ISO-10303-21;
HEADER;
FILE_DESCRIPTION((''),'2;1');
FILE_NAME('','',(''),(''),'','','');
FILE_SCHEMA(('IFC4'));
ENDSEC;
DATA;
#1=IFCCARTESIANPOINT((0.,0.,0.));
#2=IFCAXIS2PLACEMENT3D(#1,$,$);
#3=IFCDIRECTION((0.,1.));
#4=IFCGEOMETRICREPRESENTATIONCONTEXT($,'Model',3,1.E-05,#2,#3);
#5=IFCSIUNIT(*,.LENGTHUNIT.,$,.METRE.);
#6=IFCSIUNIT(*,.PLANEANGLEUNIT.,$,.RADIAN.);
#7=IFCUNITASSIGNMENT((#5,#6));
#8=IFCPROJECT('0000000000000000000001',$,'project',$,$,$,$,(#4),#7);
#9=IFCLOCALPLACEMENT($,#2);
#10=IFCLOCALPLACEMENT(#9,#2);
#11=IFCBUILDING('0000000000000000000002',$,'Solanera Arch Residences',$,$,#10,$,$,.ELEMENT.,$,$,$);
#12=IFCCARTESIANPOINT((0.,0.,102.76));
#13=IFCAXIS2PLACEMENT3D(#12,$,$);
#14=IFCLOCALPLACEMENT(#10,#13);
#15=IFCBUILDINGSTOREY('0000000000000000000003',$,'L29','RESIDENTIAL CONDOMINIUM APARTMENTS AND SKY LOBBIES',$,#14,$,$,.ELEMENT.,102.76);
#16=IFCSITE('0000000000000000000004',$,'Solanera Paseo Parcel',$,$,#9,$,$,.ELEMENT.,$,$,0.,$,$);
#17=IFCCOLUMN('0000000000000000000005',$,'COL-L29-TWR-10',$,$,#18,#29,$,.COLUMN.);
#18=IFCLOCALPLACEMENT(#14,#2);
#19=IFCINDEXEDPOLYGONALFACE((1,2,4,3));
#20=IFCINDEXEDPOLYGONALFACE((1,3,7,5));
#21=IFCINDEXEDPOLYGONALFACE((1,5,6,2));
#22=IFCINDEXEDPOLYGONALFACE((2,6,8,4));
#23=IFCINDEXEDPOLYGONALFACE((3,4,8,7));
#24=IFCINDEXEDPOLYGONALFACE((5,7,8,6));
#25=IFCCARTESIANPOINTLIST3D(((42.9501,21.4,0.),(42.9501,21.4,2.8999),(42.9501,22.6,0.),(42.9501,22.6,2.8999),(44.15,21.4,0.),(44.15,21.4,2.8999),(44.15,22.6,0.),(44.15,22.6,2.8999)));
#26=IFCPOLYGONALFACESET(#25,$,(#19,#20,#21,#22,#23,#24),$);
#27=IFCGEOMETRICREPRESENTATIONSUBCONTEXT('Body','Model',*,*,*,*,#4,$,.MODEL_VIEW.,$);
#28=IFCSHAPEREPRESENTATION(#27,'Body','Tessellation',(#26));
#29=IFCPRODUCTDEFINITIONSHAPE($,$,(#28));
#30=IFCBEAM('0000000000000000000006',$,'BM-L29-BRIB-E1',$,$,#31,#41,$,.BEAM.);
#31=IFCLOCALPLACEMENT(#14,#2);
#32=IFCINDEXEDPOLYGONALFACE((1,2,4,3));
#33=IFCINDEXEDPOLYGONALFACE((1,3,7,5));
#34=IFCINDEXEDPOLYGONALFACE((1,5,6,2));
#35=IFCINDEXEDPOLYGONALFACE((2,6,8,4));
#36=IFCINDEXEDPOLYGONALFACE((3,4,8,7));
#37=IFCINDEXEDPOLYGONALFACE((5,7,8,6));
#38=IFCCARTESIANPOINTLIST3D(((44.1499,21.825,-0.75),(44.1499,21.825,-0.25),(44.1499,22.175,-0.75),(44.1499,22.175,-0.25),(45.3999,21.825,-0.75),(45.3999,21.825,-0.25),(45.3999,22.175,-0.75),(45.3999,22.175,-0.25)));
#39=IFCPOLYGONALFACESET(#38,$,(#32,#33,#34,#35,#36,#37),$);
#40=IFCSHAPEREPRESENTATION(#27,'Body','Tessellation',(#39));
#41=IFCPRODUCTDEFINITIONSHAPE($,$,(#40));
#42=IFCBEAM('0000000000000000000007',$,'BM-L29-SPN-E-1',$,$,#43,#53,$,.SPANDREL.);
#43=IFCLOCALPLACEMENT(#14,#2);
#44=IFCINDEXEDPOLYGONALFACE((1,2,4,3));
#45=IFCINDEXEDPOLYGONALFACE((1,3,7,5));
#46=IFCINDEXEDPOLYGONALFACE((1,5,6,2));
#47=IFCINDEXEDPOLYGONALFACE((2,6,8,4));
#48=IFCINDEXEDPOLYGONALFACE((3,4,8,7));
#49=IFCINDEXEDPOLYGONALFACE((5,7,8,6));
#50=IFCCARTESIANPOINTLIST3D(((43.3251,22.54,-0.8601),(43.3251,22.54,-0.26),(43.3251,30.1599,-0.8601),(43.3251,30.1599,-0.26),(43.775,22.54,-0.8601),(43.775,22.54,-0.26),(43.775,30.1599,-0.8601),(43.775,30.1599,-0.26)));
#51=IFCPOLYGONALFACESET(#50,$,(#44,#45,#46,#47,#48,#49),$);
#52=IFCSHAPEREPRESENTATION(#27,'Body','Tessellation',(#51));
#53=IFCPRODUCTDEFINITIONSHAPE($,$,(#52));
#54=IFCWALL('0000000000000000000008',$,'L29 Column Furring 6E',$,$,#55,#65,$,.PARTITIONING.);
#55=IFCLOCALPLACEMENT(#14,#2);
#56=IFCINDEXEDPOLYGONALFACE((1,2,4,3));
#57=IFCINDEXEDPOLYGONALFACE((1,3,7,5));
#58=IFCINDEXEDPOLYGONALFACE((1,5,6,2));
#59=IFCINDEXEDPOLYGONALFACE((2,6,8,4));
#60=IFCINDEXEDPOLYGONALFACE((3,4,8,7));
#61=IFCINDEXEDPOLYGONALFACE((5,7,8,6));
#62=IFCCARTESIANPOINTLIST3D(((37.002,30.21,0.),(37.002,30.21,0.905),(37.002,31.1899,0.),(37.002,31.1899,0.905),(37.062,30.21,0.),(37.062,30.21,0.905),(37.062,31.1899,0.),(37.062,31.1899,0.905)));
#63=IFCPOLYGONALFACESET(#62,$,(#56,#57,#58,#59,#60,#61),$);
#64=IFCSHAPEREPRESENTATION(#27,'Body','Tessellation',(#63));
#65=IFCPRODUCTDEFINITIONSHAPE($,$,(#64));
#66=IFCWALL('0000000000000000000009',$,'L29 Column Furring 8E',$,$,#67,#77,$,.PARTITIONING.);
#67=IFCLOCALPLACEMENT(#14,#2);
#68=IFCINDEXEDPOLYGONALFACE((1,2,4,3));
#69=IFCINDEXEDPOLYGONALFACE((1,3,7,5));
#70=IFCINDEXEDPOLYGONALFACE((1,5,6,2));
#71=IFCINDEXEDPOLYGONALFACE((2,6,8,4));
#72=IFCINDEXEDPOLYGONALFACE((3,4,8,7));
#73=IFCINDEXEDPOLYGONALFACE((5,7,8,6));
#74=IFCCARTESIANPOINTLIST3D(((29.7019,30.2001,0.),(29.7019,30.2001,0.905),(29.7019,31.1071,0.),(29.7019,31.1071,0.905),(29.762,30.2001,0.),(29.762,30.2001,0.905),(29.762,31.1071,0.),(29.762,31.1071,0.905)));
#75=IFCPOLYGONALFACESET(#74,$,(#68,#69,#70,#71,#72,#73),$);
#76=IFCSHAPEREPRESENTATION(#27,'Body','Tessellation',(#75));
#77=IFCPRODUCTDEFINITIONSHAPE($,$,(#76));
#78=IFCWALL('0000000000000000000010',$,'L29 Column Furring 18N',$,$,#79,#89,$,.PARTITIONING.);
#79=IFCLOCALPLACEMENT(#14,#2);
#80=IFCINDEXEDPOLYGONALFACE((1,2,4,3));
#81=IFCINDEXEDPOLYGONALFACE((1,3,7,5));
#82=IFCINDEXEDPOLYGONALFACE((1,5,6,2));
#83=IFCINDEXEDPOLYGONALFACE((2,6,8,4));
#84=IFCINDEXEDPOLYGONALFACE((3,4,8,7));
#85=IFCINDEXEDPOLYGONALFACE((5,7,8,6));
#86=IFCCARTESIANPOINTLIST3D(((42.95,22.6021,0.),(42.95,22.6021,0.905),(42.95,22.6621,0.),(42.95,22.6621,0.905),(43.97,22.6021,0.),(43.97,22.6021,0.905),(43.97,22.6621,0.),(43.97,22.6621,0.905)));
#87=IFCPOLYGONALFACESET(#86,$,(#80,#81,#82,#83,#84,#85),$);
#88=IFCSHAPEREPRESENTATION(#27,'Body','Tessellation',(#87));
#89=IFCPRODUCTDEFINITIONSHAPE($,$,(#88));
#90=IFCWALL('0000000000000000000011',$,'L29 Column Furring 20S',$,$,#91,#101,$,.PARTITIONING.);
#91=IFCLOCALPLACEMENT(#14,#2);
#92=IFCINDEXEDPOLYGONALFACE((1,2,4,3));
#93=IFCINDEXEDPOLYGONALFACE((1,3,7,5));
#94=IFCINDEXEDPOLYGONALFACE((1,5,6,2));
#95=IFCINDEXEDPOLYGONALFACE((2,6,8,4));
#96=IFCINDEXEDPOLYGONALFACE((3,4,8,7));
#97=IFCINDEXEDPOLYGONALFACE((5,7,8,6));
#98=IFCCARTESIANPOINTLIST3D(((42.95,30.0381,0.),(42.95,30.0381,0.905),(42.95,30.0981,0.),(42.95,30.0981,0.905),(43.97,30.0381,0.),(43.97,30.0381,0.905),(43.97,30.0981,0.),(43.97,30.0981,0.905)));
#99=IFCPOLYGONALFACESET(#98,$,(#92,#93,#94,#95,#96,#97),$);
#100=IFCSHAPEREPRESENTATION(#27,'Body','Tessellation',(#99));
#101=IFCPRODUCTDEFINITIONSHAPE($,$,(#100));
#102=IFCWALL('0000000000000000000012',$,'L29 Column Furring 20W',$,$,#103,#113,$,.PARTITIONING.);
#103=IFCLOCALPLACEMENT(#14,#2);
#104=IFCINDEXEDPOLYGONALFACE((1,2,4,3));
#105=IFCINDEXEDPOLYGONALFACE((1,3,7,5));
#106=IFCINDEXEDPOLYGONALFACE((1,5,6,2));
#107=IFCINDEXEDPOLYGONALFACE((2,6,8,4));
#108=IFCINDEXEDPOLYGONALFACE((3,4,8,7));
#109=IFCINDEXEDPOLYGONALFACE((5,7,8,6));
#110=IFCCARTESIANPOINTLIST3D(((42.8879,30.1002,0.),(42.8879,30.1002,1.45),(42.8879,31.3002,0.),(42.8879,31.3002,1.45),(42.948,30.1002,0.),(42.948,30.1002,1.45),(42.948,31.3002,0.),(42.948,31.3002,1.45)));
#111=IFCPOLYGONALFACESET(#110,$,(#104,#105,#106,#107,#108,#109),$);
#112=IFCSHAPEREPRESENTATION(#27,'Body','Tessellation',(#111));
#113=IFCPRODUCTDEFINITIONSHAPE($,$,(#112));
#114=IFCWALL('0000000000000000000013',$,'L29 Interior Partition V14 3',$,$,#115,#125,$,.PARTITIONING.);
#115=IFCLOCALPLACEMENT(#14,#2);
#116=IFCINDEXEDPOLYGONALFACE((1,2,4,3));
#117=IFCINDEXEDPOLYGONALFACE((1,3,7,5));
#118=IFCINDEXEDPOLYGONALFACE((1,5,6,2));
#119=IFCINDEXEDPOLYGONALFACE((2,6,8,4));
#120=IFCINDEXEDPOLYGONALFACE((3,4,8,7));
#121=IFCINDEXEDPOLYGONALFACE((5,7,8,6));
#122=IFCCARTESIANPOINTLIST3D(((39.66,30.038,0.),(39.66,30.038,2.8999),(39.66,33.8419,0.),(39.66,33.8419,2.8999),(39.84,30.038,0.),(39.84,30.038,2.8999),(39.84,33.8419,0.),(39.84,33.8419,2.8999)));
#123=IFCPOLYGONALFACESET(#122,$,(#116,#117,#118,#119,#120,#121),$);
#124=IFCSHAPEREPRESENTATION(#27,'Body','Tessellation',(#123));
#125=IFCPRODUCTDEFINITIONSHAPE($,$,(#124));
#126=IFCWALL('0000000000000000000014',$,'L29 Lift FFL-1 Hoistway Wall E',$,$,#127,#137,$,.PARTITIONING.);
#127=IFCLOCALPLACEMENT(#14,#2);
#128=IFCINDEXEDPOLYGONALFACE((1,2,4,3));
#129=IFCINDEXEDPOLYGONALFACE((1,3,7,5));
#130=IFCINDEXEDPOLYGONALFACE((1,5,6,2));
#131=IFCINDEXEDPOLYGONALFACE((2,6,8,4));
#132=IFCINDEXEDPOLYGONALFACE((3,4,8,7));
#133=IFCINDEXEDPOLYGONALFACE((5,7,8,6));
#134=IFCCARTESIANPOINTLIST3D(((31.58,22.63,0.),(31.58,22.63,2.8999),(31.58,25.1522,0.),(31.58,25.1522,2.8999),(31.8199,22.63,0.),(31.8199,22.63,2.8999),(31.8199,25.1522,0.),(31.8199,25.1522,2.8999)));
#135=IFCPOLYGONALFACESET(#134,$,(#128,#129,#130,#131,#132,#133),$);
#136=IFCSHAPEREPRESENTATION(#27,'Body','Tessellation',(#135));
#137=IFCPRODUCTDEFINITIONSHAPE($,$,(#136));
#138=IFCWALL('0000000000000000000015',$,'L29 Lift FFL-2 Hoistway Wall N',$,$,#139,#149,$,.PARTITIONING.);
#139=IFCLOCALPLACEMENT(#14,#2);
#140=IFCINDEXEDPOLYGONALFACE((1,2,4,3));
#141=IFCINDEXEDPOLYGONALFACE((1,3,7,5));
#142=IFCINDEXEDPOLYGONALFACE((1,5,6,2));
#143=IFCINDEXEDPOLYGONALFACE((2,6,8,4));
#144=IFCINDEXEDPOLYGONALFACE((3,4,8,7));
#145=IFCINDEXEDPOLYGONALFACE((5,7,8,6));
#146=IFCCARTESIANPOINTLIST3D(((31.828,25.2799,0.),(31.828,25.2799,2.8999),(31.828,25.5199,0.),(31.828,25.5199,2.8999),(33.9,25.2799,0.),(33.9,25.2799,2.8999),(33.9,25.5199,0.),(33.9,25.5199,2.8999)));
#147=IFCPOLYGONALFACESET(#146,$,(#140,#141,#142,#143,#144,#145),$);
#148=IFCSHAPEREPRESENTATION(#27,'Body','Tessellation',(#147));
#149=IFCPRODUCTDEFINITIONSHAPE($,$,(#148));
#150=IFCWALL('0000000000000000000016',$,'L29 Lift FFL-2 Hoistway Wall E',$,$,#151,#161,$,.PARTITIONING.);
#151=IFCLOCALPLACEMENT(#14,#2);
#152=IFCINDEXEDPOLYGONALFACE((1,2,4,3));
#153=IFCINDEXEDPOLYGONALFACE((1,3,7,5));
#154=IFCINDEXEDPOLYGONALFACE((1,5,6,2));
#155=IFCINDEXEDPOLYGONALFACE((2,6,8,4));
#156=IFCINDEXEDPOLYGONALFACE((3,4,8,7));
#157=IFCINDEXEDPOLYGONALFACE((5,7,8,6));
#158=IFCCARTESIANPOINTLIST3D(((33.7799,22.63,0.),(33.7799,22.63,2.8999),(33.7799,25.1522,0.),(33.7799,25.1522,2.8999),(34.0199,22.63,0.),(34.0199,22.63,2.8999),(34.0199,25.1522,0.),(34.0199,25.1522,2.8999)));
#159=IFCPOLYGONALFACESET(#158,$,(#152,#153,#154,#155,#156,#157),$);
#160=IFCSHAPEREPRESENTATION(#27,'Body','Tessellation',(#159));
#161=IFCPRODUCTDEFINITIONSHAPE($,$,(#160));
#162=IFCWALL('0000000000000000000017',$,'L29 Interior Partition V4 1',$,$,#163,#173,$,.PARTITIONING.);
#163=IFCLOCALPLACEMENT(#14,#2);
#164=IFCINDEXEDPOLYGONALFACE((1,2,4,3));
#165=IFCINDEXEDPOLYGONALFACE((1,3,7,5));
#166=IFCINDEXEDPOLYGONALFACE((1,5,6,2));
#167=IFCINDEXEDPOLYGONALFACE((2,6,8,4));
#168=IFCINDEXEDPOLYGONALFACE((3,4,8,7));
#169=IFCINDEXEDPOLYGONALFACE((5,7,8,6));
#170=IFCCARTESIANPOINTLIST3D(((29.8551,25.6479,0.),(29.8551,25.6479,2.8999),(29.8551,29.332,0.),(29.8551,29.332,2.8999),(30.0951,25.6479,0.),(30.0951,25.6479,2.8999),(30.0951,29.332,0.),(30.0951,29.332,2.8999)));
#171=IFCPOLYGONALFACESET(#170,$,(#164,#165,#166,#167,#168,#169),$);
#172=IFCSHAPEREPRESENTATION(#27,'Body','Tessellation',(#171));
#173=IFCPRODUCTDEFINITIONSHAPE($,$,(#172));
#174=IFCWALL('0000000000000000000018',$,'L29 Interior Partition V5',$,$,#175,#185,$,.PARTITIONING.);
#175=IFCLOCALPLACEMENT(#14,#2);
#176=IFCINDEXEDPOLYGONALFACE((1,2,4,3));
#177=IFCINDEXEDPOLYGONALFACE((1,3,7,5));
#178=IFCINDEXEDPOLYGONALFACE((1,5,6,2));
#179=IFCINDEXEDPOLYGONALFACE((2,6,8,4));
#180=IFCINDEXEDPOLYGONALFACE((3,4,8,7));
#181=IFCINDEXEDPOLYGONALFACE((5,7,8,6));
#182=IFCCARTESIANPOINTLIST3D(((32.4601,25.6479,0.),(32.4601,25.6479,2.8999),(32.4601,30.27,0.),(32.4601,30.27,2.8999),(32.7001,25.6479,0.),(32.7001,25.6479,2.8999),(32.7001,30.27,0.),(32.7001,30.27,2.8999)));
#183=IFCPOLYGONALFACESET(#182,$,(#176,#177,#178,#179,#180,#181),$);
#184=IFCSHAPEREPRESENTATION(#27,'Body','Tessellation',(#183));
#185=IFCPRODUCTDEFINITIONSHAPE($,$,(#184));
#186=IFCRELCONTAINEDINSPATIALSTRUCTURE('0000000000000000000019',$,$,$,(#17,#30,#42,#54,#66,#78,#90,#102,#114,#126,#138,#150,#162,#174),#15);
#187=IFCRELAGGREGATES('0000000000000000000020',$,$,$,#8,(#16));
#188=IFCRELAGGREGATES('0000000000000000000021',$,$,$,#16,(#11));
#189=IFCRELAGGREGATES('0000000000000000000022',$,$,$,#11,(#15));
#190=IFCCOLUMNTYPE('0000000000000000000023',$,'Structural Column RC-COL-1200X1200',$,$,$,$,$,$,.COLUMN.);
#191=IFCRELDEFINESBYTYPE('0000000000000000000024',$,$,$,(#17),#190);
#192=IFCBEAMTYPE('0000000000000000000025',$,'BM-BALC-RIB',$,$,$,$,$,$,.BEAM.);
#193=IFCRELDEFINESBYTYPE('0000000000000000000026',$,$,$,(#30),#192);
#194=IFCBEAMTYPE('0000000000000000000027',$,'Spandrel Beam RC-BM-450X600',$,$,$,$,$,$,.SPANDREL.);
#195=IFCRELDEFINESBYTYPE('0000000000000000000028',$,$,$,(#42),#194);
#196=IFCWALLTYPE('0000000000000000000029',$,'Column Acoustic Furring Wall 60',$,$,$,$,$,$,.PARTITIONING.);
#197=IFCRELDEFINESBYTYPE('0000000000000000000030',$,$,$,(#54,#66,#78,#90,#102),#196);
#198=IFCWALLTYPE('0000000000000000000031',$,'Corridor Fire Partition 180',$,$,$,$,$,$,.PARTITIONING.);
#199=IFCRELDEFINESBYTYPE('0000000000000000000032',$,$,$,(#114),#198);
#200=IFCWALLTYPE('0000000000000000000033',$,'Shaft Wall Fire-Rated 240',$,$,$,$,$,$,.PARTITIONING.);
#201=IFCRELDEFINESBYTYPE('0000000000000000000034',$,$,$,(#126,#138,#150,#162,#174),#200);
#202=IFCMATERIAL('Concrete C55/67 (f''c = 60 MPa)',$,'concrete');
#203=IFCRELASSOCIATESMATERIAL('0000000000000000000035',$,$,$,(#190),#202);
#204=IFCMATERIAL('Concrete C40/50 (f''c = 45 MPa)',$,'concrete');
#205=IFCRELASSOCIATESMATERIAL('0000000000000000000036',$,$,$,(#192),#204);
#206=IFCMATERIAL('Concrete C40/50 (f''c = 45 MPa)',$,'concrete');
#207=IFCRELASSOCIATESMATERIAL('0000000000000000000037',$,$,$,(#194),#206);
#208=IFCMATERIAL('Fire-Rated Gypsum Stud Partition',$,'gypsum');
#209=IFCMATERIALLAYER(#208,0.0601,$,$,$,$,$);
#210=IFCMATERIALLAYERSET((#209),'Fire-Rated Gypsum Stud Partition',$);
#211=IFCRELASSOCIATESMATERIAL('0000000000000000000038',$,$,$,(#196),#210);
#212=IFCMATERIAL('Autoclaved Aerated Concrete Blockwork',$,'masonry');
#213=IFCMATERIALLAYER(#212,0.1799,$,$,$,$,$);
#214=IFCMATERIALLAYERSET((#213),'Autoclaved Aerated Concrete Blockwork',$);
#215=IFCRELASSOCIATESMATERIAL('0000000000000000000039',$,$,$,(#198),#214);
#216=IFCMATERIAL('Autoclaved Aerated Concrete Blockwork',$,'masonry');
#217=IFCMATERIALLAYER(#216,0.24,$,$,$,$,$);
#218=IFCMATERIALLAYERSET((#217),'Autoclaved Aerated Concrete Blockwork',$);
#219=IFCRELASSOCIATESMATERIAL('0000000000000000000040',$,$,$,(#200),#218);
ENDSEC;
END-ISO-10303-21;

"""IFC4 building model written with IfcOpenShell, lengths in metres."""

from ifc_helpers import new_model, si_unit, direction, frame, frame_2d, origin, origin_2d, place, context, subcontext, project, spatial, rectangle, extrude, material, layer, layer_set, material_profile, profile_set, type_object, element, save


model = new_model("IFC4")

# Units and contexts
model_context = context("Model", 3, precision=1e-05, world=origin(), true_north=direction((0.0, 1.0)))
body_context = subcontext(model_context, "Body", "Model", "MODEL_VIEW")
ifc_project = project(units=[si_unit("LENGTHUNIT", "METRE"), si_unit("PLANEANGLEUNIT", "RADIAN")], contexts=[model_context])

# Site, building, storey
site_placement = place(None, origin())
site = spatial("IfcSite", under=ifc_project, at=site_placement, Name="Solanera Paseo Parcel", CompositionType="ELEMENT", RefElevation=0.0)
building_placement = place(site_placement, origin())
building = spatial("IfcBuilding", under=site, at=building_placement, Name="Solanera Arch Residences", CompositionType="ELEMENT")
storey_placement = place(building_placement, frame((0.0, 0.0, 102.76)))
storey = spatial("IfcBuildingStorey", under=building, at=storey_placement, Name="L29", Description="RESIDENTIAL CONDOMINIUM APARTMENTS AND SKY LOBBIES", CompositionType="ELEMENT", Elevation=102.76)

# Column
ifc_material_1 = material(Name="Concrete C55/67 (f'c = 60 MPa)", Category="concrete")
ifc_material_profile_1 = material_profile(ifc_material_1, rectangle(XDim=1.2, YDim=1.2, at=origin_2d()))
ifc_profile_set_1 = profile_set([ifc_material_profile_1], Name="Concrete C55/67 (f'c = 60 MPa)")
column_type = type_object("IfcColumnType", Name="Structural Column RC-COL-1200X1200", PredefinedType="COLUMN", material=ifc_profile_set_1)
column_placement = place(storey_placement, frame((43.55, 22.0, 0.0), z_axis=(0.0, 0.0, 1.0), x_axis=(1.0, 0.0, 0.0)))
element("IfcColumn", 1, at=column_placement, inside=storey, type_object=column_type, Name="COL-L29-TWR-10", PredefinedType="COLUMN", context=body_context, shape_type="SweptSolid", body=[
    extrude(rectangle(XDim=1.2, YDim=1.2, at=origin_2d()), origin(), (0.0, 0.0, 1.0), 2.8999),
])

# Beams
ifc_material_2 = material(Name="Concrete C40/50 (f'c = 45 MPa)", Category="concrete")
ifc_material_profile_2 = material_profile(ifc_material_2, rectangle(XDim=0.3501, YDim=0.5, at=origin_2d()))
ifc_profile_set_2 = profile_set([ifc_material_profile_2], Name="Concrete C40/50 (f'c = 45 MPa)")
beam_type_1 = type_object("IfcBeamType", Name="BM-BALC-RIB", PredefinedType="BEAM", material=ifc_profile_set_2)
beam_1_placement = place(storey_placement, frame((44.1499, 22.0, -0.5), z_axis=(1.0, 0.0, 0.0), x_axis=(0.0, 1.0, 0.0)))
element("IfcBeam", 2, at=beam_1_placement, inside=storey, type_object=beam_type_1, Name="BM-L29-BRIB-E1", PredefinedType="BEAM", context=body_context, shape_type="SweptSolid", body=[
    extrude(rectangle(XDim=0.3501, YDim=0.5, at=origin_2d()), origin(), (0.0, 0.0, 1.0), 1.25),
])
ifc_material_3 = material(Name="Concrete C40/50 (f'c = 45 MPa)", Category="concrete")
ifc_material_profile_3 = material_profile(ifc_material_3, rectangle(XDim=0.45, YDim=0.6001, at=origin_2d()))
ifc_profile_set_3 = profile_set([ifc_material_profile_3], Name="Concrete C40/50 (f'c = 45 MPa)")
beam_type_2 = type_object("IfcBeamType", Name="Spandrel Beam RC-BM-450X600", PredefinedType="SPANDREL", material=ifc_profile_set_3)
beam_2_placement = place(storey_placement, frame((43.55, 22.54, -0.5601), z_axis=(0.0, 1.0, 0.0), x_axis=(-1.0, 0.0, 0.0)))
element("IfcBeam", 3, at=beam_2_placement, inside=storey, type_object=beam_type_2, Name="BM-L29-SPN-E-1", PredefinedType="SPANDREL", context=body_context, shape_type="SweptSolid", body=[
    extrude(rectangle(XDim=0.45, YDim=0.6001, at=origin_2d()), origin(), (0.0, 0.0, 1.0), 7.6199),
])

# Walls
ifc_material_4 = material(Name="Fire-Rated Gypsum Stud Partition", Category="gypsum")
ifc_layer_1 = layer(ifc_material_4, 0.0601)
ifc_layer_set_1 = layer_set([ifc_layer_1], Name="Fire-Rated Gypsum Stud Partition")
wall_type_1 = type_object("IfcWallType", Name="Column Acoustic Furring Wall 60", PredefinedType="PARTITIONING", material=ifc_layer_set_1)
wall_1_placement = place(storey_placement, frame((37.032, 30.21, 0.0), z_axis=(0.0, 0.0, 1.0), x_axis=(0.0, 1.0, 0.0)))
element("IfcWall", 4, at=wall_1_placement, inside=storey, type_object=wall_type_1, Name="L29 Column Furring 6E", PredefinedType="PARTITIONING", context=body_context, shape_type="SweptSolid", body=[
    extrude(rectangle(XDim=0.98, YDim=0.0601, at=frame_2d((0.49, 0.0))), origin(), (0.0, 0.0, 1.0), 0.905),
])
wall_2_placement = place(storey_placement, frame((29.7319, 30.2, 0.0), z_axis=(0.0, 0.0, 1.0), x_axis=(0.0, 1.0, 0.0)))
element("IfcWall", 5, at=wall_2_placement, inside=storey, type_object=wall_type_1, Name="L29 Column Furring 8E", PredefinedType="PARTITIONING", context=body_context, shape_type="SweptSolid", body=[
    extrude(rectangle(XDim=0.907, YDim=0.0601, at=frame_2d((0.4536, 0.0))), origin(), (0.0, 0.0, 1.0), 0.905),
])
for number, where, z_axis, x_axis, name in (
    (6, (42.95, 22.6321, 0.0), (0.0, 0.0, 1.0), (1.0, 0.0, 0.0), "L29 Column Furring 18N"),
    (7, (42.95, 30.0681, 0.0), (0.0, 0.0, 1.0), (1.0, 0.0, 0.0), "L29 Column Furring 20S"),
):
    element("IfcWall", number, at=place(storey_placement, frame(where, z_axis=z_axis, x_axis=x_axis)), inside=storey, type_object=wall_type_1, Name=name, PredefinedType="PARTITIONING", context=body_context, shape_type="SweptSolid", body=[
        extrude(rectangle(XDim=1.02, YDim=0.0601, at=frame_2d((0.51, 0.0))), origin(), (0.0, 0.0, 1.0), 0.905),
    ])
wall_3_placement = place(storey_placement, frame((42.918, 30.1001, 0.0), z_axis=(0.0, 0.0, 1.0), x_axis=(0.0, 1.0, 0.0)))
element("IfcWall", 8, at=wall_3_placement, inside=storey, type_object=wall_type_1, Name="L29 Column Furring 20W", PredefinedType="PARTITIONING", context=body_context, shape_type="SweptSolid", body=[
    extrude(rectangle(XDim=1.2, YDim=0.0601, at=frame_2d((0.6001, 0.0))), origin(), (0.0, 0.0, 1.0), 1.45),
])

# Shared definitions
ifc_material_5 = material(Name="Autoclaved Aerated Concrete Blockwork", Category="masonry")
ifc_layer_2 = layer(ifc_material_5, 0.1799)
ifc_layer_set_2 = layer_set([ifc_layer_2], Name="Autoclaved Aerated Concrete Blockwork")
wall_type_2 = type_object("IfcWallType", Name="Corridor Fire Partition 180", PredefinedType="PARTITIONING", material=ifc_layer_set_2)

# Walls
wall_4_placement = place(storey_placement, frame((39.75, 30.0381, 0.0), z_axis=(0.0, 0.0, 1.0), x_axis=(0.0, 1.0, 0.0)))
element("IfcWall", 9, at=wall_4_placement, inside=storey, type_object=wall_type_2, Name="L29 Interior Partition V14 3", PredefinedType="PARTITIONING", context=body_context, shape_type="SweptSolid", body=[
    extrude(rectangle(XDim=3.804, YDim=0.1799, at=frame_2d((1.9019, 0.0))), origin(), (0.0, 0.0, 1.0), 2.8999),
])
ifc_material_6 = material(Name="Autoclaved Aerated Concrete Blockwork", Category="masonry")
ifc_layer_3 = layer(ifc_material_6, 0.24)
ifc_layer_set_3 = layer_set([ifc_layer_3], Name="Autoclaved Aerated Concrete Blockwork")
wall_type_3 = type_object("IfcWallType", Name="Shaft Wall Fire-Rated 240", PredefinedType="PARTITIONING", material=ifc_layer_set_3)
wall_5_placement = place(storey_placement, frame((31.7, 22.6299, 0.0), z_axis=(0.0, 0.0, 1.0), x_axis=(0.0, 1.0, 0.0)))
element("IfcWall", 10, at=wall_5_placement, inside=storey, type_object=wall_type_3, Name="L29 Lift FFL-1 Hoistway Wall E", PredefinedType="PARTITIONING", context=body_context, shape_type="SweptSolid", body=[
    extrude(rectangle(XDim=2.5222, YDim=0.24, at=frame_2d((1.2612, 0.0))), origin(), (0.0, 0.0, 1.0), 2.8999),
])
wall_6_placement = place(storey_placement, frame((31.8279, 25.3999, 0.0), z_axis=(0.0, 0.0, 1.0), x_axis=(1.0, 0.0, 0.0)))
element("IfcWall", 11, at=wall_6_placement, inside=storey, type_object=wall_type_3, Name="L29 Lift FFL-2 Hoistway Wall N", PredefinedType="PARTITIONING", context=body_context, shape_type="SweptSolid", body=[
    extrude(rectangle(XDim=2.072, YDim=0.24, at=frame_2d((1.0361, 0.0))), origin(), (0.0, 0.0, 1.0), 2.8999),
])
wall_7_placement = place(storey_placement, frame((33.8999, 22.6299, 0.0), z_axis=(0.0, 0.0, 1.0), x_axis=(0.0, 1.0, 0.0)))
element("IfcWall", 12, at=wall_7_placement, inside=storey, type_object=wall_type_3, Name="L29 Lift FFL-2 Hoistway Wall E", PredefinedType="PARTITIONING", context=body_context, shape_type="SweptSolid", body=[
    extrude(rectangle(XDim=2.5222, YDim=0.24, at=frame_2d((1.2612, 0.0))), origin(), (0.0, 0.0, 1.0), 2.8999),
])
wall_8_placement = place(storey_placement, frame((29.9751, 25.6479, 0.0), z_axis=(0.0, 0.0, 1.0), x_axis=(0.0, 1.0, 0.0)))
element("IfcWall", 13, at=wall_8_placement, inside=storey, type_object=wall_type_3, Name="L29 Interior Partition V4 1", PredefinedType="PARTITIONING", context=body_context, shape_type="SweptSolid", body=[
    extrude(rectangle(XDim=3.6841, YDim=0.24, at=frame_2d((1.842, 0.0))), origin(), (0.0, 0.0, 1.0), 2.8999),
])

# Wall
wall_9_placement = place(storey_placement, frame((32.5801, 25.6479, 0.0), z_axis=(0.0, 0.0, 1.0), x_axis=(0.0, 1.0, 0.0)))
element("IfcWall", 14, at=wall_9_placement, inside=storey, type_object=wall_type_3, Name="L29 Interior Partition V5", PredefinedType="PARTITIONING", context=body_context, shape_type="SweptSolid", body=[
    extrude(rectangle(XDim=4.6221, YDim=0.24, at=frame_2d((2.311, 0.0))), origin(), (0.0, 0.0, 1.0), 2.8999),
])

save(model, "model.ifc")
